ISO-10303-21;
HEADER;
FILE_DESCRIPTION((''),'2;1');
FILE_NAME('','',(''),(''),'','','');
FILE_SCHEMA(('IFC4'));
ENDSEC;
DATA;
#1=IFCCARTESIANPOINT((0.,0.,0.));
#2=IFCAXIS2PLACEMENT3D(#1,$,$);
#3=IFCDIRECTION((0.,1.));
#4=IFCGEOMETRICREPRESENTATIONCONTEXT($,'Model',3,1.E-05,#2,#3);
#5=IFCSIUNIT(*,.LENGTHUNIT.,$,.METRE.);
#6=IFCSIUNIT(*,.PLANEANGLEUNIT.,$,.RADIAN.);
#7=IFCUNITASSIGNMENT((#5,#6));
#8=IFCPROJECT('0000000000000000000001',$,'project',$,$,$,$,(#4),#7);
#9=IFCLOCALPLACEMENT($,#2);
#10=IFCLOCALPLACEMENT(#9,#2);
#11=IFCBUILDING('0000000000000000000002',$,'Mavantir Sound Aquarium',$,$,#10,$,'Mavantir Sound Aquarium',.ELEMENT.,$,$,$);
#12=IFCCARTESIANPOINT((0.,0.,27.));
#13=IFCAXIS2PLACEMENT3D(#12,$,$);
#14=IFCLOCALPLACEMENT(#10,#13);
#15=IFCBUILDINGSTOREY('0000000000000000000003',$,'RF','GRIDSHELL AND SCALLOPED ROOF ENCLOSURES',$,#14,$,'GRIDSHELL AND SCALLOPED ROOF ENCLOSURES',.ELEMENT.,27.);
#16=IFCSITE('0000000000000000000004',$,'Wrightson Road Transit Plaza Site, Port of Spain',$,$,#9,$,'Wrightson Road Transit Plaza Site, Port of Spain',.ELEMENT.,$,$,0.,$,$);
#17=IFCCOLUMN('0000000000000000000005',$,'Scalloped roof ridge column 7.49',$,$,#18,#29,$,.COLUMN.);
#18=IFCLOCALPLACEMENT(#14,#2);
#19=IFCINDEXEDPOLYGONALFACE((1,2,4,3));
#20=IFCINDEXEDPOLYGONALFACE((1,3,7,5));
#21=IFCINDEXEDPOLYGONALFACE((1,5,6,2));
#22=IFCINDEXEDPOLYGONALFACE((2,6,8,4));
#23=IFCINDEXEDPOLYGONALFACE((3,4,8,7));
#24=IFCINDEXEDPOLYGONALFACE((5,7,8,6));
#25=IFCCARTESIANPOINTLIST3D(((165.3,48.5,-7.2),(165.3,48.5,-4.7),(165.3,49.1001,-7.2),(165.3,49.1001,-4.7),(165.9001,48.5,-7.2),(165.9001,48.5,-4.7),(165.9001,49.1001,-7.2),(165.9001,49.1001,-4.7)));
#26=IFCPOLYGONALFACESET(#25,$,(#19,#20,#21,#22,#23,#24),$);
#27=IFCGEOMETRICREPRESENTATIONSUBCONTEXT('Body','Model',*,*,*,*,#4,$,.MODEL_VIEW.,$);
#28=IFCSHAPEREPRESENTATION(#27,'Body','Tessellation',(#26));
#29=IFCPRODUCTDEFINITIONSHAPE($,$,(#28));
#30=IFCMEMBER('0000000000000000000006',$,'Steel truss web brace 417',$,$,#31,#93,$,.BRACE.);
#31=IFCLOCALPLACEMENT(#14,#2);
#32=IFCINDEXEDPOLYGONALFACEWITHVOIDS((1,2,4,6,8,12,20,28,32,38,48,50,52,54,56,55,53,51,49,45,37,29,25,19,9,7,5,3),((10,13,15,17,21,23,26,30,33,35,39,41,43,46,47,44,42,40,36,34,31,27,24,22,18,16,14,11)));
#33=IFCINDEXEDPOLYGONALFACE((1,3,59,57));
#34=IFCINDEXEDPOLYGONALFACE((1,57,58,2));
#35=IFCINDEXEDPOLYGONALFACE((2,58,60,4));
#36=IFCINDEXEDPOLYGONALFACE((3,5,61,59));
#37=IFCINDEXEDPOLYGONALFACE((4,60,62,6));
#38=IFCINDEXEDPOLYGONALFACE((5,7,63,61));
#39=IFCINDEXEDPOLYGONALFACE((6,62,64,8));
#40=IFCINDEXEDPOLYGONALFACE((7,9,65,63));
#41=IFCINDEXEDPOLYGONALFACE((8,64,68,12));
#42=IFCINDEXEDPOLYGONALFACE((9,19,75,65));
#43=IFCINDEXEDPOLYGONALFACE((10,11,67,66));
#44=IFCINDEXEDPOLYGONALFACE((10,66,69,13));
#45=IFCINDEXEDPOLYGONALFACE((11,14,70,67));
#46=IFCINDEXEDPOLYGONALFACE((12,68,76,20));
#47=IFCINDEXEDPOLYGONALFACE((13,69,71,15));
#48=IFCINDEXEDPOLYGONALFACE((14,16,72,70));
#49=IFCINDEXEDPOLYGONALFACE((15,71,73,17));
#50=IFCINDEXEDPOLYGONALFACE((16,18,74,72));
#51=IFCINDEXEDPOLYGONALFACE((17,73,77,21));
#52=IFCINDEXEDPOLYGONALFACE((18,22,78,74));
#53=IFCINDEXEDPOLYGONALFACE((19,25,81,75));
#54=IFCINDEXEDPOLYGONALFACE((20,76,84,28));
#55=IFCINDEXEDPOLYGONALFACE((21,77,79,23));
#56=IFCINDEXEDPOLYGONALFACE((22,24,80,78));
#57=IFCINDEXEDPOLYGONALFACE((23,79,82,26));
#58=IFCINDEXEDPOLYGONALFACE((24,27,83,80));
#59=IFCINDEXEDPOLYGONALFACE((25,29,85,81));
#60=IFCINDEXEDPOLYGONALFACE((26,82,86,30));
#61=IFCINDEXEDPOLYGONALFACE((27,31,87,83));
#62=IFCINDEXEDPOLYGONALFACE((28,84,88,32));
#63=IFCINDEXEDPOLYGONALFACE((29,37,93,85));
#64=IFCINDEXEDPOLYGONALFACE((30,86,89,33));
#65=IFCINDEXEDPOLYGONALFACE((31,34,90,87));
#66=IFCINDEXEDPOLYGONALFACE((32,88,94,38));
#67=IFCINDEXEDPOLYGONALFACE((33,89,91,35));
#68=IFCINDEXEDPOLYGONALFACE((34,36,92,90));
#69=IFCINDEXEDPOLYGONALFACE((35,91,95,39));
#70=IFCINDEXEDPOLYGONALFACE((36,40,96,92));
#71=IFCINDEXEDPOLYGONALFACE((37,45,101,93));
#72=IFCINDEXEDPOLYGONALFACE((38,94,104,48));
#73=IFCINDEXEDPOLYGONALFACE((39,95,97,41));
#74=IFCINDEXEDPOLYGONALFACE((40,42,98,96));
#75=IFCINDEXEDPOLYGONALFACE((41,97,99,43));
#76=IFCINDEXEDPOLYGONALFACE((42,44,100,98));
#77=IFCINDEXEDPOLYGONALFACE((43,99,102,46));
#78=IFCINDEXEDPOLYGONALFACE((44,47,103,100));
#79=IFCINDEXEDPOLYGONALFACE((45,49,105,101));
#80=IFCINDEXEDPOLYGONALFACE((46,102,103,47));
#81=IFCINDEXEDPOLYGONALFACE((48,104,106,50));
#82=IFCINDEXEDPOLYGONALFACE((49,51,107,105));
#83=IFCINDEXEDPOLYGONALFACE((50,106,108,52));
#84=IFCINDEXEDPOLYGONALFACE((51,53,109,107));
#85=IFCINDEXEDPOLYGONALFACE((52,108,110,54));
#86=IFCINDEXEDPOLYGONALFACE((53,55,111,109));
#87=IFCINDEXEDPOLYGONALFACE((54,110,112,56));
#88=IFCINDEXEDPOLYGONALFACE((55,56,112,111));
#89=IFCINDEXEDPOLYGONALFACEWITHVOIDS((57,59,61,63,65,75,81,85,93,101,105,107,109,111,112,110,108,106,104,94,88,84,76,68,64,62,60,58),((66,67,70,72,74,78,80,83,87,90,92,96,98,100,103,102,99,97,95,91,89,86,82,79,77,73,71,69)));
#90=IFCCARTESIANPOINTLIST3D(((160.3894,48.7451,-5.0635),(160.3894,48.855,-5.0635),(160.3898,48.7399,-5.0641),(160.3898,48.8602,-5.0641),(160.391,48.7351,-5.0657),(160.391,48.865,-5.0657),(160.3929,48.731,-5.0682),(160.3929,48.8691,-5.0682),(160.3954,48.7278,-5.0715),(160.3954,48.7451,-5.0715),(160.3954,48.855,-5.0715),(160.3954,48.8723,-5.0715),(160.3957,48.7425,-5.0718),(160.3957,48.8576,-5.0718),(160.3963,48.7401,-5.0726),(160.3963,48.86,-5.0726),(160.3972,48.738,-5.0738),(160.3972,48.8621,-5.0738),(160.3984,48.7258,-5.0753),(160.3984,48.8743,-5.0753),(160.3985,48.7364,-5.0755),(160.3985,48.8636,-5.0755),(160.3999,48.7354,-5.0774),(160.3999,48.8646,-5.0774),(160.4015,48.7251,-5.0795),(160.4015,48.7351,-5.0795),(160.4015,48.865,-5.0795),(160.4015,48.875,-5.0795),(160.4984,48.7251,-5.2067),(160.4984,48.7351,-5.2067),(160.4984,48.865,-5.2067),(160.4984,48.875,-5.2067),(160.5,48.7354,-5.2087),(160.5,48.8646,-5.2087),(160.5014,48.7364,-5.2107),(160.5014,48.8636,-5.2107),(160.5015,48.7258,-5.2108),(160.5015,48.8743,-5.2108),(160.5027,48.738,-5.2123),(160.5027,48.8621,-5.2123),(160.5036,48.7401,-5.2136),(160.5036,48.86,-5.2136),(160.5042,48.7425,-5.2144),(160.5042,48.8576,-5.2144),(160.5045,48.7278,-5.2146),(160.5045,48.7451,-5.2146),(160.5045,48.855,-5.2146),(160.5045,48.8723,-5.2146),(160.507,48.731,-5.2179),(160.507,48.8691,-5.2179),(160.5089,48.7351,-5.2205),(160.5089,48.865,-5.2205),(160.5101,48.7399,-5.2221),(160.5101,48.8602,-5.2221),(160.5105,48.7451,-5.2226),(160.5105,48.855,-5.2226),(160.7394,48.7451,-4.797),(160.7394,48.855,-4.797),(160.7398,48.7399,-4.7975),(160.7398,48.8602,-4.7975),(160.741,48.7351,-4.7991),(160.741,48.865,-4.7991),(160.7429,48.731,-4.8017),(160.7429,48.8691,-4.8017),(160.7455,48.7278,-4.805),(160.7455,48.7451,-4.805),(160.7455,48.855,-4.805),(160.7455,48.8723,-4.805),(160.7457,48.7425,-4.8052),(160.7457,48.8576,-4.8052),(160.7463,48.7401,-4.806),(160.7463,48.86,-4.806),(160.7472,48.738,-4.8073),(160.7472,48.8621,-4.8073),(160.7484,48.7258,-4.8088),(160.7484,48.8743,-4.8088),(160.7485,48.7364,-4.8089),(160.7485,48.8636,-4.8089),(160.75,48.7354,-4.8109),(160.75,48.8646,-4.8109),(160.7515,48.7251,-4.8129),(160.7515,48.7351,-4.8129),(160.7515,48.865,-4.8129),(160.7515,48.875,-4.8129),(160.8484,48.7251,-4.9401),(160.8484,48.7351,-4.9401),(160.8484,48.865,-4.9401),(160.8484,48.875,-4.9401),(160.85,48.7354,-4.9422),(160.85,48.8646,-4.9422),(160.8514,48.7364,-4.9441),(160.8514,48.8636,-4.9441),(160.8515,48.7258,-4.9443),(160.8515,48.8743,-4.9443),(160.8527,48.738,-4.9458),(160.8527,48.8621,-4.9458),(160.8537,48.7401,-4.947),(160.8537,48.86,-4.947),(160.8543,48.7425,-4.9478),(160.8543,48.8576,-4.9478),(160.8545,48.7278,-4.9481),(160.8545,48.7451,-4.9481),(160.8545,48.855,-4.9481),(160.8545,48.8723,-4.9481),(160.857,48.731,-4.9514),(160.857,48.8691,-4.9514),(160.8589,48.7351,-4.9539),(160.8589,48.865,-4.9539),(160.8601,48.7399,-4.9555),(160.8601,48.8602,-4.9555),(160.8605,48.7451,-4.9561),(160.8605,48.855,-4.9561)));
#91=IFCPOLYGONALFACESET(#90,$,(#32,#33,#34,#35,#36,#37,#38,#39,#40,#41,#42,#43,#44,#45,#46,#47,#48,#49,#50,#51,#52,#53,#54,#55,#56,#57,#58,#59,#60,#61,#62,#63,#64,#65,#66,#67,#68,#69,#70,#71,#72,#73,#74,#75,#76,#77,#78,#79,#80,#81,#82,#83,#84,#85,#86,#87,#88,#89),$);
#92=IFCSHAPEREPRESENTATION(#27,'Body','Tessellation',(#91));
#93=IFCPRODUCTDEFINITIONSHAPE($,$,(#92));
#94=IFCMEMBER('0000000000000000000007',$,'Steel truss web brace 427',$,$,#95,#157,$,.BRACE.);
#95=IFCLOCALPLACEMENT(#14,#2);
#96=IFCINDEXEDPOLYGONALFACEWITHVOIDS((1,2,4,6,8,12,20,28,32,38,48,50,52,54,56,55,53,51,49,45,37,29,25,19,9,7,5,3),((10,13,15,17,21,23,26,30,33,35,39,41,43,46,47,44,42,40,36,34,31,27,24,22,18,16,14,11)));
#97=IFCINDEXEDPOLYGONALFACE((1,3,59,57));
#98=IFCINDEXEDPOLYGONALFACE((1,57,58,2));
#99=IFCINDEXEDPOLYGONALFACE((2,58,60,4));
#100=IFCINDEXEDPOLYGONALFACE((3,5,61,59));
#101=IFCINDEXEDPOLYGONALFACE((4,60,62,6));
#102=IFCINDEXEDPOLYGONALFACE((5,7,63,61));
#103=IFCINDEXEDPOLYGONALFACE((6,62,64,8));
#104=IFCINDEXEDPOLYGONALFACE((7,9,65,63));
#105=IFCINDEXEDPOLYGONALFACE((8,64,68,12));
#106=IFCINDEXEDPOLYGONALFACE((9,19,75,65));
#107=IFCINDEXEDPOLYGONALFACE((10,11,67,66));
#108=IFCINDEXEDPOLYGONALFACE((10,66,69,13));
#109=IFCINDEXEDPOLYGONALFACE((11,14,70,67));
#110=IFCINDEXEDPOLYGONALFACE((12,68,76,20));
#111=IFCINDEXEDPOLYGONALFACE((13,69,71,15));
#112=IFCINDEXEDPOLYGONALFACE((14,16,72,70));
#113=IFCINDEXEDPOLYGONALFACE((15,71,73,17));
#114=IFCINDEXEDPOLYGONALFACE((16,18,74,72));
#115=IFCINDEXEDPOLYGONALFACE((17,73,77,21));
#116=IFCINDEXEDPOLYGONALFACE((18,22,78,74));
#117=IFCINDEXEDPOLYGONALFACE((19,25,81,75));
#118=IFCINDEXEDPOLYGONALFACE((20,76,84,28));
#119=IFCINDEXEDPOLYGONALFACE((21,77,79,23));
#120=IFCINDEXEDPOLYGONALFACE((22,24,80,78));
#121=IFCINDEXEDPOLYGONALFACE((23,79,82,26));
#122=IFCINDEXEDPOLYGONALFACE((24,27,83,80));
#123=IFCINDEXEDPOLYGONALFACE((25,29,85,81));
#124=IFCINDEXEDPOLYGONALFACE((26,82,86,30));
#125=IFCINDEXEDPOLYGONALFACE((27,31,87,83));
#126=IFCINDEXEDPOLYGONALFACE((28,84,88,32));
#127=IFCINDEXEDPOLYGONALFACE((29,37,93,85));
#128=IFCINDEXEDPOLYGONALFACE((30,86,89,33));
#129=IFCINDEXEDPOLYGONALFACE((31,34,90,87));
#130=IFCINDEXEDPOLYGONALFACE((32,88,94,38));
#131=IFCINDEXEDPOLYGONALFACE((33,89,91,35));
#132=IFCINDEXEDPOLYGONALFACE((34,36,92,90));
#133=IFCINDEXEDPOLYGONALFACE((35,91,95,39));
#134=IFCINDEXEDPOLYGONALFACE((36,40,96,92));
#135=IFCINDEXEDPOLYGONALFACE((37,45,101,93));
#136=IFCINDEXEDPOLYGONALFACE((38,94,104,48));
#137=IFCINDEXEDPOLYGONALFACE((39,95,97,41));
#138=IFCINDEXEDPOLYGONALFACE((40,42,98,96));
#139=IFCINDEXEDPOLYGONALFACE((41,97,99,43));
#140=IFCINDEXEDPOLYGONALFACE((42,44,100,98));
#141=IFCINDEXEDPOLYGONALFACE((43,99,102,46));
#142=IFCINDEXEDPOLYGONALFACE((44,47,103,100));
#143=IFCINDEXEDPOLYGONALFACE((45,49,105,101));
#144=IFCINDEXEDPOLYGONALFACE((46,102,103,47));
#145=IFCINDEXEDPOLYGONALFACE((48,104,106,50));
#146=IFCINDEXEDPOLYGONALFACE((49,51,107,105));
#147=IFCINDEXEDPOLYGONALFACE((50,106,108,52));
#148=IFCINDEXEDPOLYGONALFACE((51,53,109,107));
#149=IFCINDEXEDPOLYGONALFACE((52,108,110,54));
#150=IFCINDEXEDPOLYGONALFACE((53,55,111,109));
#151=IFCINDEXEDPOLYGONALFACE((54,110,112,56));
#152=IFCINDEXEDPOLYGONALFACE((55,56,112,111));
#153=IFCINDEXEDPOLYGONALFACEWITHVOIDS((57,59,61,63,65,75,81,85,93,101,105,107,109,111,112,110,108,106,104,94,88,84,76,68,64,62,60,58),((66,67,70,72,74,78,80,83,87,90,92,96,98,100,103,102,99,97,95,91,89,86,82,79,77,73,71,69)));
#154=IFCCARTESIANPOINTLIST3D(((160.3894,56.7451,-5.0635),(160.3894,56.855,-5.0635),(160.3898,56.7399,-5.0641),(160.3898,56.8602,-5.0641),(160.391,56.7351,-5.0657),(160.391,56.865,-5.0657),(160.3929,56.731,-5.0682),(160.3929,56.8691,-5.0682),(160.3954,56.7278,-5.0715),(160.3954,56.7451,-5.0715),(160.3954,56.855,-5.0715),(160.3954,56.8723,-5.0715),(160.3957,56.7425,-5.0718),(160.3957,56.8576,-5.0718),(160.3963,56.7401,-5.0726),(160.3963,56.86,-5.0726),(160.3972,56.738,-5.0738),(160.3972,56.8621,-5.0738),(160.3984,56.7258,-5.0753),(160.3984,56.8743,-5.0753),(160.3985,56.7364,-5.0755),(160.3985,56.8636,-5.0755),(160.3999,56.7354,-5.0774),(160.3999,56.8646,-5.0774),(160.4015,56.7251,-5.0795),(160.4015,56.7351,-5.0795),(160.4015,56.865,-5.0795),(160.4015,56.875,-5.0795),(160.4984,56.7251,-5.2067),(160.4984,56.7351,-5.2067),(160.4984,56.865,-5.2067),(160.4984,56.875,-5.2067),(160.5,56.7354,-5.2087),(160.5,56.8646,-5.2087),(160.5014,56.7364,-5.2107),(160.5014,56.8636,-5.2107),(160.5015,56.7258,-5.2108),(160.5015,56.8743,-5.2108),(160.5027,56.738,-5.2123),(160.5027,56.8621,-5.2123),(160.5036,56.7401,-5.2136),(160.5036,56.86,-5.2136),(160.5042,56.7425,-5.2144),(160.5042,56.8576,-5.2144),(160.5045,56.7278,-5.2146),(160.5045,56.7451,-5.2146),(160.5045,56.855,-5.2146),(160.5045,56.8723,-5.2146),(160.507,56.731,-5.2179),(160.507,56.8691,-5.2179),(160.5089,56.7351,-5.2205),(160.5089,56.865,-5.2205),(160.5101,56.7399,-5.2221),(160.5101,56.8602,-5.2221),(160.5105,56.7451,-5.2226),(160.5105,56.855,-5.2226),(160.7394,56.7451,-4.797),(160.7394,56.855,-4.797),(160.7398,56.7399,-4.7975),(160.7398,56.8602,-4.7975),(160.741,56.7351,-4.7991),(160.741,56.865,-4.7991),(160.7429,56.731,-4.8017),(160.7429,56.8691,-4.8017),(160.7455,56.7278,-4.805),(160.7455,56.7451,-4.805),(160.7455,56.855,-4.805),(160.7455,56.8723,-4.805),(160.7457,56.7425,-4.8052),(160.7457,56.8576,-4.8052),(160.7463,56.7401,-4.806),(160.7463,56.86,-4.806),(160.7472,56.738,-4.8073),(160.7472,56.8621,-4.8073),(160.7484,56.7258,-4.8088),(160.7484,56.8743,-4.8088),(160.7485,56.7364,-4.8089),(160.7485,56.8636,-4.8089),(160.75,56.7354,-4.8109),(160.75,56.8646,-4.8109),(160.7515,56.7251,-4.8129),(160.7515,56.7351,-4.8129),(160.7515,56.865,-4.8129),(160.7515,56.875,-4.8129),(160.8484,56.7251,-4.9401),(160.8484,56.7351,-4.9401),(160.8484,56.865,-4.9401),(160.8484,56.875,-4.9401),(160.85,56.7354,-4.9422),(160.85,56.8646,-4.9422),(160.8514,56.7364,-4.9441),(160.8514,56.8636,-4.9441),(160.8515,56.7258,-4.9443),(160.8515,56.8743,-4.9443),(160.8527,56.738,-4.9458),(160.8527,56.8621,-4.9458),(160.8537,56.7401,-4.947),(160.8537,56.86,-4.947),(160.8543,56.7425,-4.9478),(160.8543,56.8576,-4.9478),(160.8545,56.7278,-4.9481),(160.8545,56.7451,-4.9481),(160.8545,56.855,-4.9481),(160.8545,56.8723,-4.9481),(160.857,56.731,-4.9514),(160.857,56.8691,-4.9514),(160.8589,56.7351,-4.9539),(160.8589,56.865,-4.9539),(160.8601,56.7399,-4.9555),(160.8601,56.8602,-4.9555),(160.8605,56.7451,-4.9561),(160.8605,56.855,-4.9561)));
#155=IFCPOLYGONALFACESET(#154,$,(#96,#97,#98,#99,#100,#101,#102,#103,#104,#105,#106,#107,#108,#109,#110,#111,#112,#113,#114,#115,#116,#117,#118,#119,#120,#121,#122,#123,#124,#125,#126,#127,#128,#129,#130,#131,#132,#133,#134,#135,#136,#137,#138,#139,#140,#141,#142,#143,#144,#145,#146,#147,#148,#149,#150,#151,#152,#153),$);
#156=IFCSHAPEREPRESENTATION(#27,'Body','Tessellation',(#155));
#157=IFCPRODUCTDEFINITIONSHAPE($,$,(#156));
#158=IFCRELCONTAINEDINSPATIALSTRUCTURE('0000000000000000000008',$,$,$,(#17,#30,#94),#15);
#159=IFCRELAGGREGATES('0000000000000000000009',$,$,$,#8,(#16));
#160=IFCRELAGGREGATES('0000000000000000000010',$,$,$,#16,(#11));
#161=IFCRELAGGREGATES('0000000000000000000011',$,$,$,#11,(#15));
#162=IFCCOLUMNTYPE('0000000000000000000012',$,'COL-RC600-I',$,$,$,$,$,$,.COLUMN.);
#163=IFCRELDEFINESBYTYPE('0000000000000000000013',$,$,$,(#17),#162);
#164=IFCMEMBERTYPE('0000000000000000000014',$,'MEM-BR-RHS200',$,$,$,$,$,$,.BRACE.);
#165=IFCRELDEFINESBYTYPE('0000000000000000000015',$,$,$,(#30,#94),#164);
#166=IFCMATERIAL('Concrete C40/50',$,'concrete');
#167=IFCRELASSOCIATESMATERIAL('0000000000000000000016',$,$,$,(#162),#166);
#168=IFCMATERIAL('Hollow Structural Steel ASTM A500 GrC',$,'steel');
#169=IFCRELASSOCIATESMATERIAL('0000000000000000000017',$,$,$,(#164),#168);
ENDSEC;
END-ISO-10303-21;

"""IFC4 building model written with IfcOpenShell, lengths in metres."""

from ifc_helpers import new_model, si_unit, direction, frame, origin, origin_2d, place, context, subcontext, project, spatial, rectangle, hollow_rectangle, extrude, material, material_profile, profile_set, type_object, element, save


model = new_model("IFC4")

# Units and contexts
model_context = context("Model", 3, precision=1e-05, world=origin(), true_north=direction((0.0, 1.0)))
body_context = subcontext(model_context, "Body", "Model", "MODEL_VIEW")
ifc_project = project(units=[si_unit("LENGTHUNIT", "METRE"), si_unit("PLANEANGLEUNIT", "RADIAN")], contexts=[model_context])

# Site, building, storey
site_placement = place(None, origin())
site = spatial("IfcSite", under=ifc_project, at=site_placement, Name="Wrightson Road Transit Plaza Site, Port of Spain", LongName="Wrightson Road Transit Plaza Site, Port of Spain", CompositionType="ELEMENT", RefElevation=0.0)
building_placement = place(site_placement, origin())
building = spatial("IfcBuilding", under=site, at=building_placement, Name="Mavantir Sound Aquarium", LongName="Mavantir Sound Aquarium", CompositionType="ELEMENT")
storey_placement = place(building_placement, frame((0.0, 0.0, 27.0)))
storey = spatial("IfcBuildingStorey", under=building, at=storey_placement, Name="RF", Description="GRIDSHELL AND SCALLOPED ROOF ENCLOSURES", LongName="GRIDSHELL AND SCALLOPED ROOF ENCLOSURES", CompositionType="ELEMENT", Elevation=27.0)

# Column
ifc_material_1 = material(Name="Concrete C40/50", Category="concrete")
ifc_material_profile_1 = material_profile(ifc_material_1, rectangle(XDim=0.6001, YDim=0.6001, at=origin_2d()), Name="RC 600X600")
ifc_profile_set_1 = profile_set([ifc_material_profile_1], Name="Concrete C40/50")
column_type = type_object("IfcColumnType", Name="COL-RC600-I", PredefinedType="COLUMN", material=ifc_profile_set_1)
column_placement = place(storey_placement, frame((165.6001, 48.8, -7.2), z_axis=(0.0, 0.0, 1.0), x_axis=(1.0, 0.0, 0.0)))
element("IfcColumn", 1, at=column_placement, inside=storey, type_object=column_type, Name="Scalloped roof ridge column 7.49", PredefinedType="COLUMN", context=body_context, shape_type="SweptSolid", body=[
    extrude(rectangle(XDim=0.6001, YDim=0.6001, at=origin_2d()), origin(), (0.0, 0.0, 1.0), 2.5),
])

# Members
ifc_material_2 = material(Name="Hollow Structural Steel ASTM A500 GrC", Category="steel")
ifc_material_profile_2 = material_profile(ifc_material_2, hollow_rectangle(XDim=0.1499, YDim=0.2, WallThickness=0.01, InnerFilletRadius=0.01, OuterFilletRadius=0.02, at=origin_2d()), Name="RHS 200X150X10")
ifc_profile_set_2 = profile_set([ifc_material_profile_2], Name="Hollow Structural Steel ASTM A500 GrC")
member_type_1 = type_object("IfcMemberType", Name="MEM-BR-RHS200", PredefinedType="BRACE", material=ifc_profile_set_2)
for number, where, z_axis, x_axis, name in (
    (2, (160.45, 48.8, -5.1431), (0.795585, 0.0, 0.605843), (0.0, 1.0, 0.0), "Steel truss web brace 417"),
    (3, (160.45, 56.8, -5.1431), (0.795585, 0.0, 0.605843), (0.0, 1.0, 0.0), "Steel truss web brace 427"),
):
    element("IfcMember", number, at=place(storey_placement, frame(where, z_axis=z_axis, x_axis=x_axis)), inside=storey, type_object=member_type_1, Name=name, PredefinedType="BRACE", context=body_context, shape_type="SweptSolid", body=[
        extrude(hollow_rectangle(XDim=0.1499, YDim=0.2, WallThickness=0.01, InnerFilletRadius=0.01, OuterFilletRadius=0.02, at=origin_2d()), origin(), (0.0, 0.0, 1.0), 0.4399),
    ])

save(model, "model.ifc")
